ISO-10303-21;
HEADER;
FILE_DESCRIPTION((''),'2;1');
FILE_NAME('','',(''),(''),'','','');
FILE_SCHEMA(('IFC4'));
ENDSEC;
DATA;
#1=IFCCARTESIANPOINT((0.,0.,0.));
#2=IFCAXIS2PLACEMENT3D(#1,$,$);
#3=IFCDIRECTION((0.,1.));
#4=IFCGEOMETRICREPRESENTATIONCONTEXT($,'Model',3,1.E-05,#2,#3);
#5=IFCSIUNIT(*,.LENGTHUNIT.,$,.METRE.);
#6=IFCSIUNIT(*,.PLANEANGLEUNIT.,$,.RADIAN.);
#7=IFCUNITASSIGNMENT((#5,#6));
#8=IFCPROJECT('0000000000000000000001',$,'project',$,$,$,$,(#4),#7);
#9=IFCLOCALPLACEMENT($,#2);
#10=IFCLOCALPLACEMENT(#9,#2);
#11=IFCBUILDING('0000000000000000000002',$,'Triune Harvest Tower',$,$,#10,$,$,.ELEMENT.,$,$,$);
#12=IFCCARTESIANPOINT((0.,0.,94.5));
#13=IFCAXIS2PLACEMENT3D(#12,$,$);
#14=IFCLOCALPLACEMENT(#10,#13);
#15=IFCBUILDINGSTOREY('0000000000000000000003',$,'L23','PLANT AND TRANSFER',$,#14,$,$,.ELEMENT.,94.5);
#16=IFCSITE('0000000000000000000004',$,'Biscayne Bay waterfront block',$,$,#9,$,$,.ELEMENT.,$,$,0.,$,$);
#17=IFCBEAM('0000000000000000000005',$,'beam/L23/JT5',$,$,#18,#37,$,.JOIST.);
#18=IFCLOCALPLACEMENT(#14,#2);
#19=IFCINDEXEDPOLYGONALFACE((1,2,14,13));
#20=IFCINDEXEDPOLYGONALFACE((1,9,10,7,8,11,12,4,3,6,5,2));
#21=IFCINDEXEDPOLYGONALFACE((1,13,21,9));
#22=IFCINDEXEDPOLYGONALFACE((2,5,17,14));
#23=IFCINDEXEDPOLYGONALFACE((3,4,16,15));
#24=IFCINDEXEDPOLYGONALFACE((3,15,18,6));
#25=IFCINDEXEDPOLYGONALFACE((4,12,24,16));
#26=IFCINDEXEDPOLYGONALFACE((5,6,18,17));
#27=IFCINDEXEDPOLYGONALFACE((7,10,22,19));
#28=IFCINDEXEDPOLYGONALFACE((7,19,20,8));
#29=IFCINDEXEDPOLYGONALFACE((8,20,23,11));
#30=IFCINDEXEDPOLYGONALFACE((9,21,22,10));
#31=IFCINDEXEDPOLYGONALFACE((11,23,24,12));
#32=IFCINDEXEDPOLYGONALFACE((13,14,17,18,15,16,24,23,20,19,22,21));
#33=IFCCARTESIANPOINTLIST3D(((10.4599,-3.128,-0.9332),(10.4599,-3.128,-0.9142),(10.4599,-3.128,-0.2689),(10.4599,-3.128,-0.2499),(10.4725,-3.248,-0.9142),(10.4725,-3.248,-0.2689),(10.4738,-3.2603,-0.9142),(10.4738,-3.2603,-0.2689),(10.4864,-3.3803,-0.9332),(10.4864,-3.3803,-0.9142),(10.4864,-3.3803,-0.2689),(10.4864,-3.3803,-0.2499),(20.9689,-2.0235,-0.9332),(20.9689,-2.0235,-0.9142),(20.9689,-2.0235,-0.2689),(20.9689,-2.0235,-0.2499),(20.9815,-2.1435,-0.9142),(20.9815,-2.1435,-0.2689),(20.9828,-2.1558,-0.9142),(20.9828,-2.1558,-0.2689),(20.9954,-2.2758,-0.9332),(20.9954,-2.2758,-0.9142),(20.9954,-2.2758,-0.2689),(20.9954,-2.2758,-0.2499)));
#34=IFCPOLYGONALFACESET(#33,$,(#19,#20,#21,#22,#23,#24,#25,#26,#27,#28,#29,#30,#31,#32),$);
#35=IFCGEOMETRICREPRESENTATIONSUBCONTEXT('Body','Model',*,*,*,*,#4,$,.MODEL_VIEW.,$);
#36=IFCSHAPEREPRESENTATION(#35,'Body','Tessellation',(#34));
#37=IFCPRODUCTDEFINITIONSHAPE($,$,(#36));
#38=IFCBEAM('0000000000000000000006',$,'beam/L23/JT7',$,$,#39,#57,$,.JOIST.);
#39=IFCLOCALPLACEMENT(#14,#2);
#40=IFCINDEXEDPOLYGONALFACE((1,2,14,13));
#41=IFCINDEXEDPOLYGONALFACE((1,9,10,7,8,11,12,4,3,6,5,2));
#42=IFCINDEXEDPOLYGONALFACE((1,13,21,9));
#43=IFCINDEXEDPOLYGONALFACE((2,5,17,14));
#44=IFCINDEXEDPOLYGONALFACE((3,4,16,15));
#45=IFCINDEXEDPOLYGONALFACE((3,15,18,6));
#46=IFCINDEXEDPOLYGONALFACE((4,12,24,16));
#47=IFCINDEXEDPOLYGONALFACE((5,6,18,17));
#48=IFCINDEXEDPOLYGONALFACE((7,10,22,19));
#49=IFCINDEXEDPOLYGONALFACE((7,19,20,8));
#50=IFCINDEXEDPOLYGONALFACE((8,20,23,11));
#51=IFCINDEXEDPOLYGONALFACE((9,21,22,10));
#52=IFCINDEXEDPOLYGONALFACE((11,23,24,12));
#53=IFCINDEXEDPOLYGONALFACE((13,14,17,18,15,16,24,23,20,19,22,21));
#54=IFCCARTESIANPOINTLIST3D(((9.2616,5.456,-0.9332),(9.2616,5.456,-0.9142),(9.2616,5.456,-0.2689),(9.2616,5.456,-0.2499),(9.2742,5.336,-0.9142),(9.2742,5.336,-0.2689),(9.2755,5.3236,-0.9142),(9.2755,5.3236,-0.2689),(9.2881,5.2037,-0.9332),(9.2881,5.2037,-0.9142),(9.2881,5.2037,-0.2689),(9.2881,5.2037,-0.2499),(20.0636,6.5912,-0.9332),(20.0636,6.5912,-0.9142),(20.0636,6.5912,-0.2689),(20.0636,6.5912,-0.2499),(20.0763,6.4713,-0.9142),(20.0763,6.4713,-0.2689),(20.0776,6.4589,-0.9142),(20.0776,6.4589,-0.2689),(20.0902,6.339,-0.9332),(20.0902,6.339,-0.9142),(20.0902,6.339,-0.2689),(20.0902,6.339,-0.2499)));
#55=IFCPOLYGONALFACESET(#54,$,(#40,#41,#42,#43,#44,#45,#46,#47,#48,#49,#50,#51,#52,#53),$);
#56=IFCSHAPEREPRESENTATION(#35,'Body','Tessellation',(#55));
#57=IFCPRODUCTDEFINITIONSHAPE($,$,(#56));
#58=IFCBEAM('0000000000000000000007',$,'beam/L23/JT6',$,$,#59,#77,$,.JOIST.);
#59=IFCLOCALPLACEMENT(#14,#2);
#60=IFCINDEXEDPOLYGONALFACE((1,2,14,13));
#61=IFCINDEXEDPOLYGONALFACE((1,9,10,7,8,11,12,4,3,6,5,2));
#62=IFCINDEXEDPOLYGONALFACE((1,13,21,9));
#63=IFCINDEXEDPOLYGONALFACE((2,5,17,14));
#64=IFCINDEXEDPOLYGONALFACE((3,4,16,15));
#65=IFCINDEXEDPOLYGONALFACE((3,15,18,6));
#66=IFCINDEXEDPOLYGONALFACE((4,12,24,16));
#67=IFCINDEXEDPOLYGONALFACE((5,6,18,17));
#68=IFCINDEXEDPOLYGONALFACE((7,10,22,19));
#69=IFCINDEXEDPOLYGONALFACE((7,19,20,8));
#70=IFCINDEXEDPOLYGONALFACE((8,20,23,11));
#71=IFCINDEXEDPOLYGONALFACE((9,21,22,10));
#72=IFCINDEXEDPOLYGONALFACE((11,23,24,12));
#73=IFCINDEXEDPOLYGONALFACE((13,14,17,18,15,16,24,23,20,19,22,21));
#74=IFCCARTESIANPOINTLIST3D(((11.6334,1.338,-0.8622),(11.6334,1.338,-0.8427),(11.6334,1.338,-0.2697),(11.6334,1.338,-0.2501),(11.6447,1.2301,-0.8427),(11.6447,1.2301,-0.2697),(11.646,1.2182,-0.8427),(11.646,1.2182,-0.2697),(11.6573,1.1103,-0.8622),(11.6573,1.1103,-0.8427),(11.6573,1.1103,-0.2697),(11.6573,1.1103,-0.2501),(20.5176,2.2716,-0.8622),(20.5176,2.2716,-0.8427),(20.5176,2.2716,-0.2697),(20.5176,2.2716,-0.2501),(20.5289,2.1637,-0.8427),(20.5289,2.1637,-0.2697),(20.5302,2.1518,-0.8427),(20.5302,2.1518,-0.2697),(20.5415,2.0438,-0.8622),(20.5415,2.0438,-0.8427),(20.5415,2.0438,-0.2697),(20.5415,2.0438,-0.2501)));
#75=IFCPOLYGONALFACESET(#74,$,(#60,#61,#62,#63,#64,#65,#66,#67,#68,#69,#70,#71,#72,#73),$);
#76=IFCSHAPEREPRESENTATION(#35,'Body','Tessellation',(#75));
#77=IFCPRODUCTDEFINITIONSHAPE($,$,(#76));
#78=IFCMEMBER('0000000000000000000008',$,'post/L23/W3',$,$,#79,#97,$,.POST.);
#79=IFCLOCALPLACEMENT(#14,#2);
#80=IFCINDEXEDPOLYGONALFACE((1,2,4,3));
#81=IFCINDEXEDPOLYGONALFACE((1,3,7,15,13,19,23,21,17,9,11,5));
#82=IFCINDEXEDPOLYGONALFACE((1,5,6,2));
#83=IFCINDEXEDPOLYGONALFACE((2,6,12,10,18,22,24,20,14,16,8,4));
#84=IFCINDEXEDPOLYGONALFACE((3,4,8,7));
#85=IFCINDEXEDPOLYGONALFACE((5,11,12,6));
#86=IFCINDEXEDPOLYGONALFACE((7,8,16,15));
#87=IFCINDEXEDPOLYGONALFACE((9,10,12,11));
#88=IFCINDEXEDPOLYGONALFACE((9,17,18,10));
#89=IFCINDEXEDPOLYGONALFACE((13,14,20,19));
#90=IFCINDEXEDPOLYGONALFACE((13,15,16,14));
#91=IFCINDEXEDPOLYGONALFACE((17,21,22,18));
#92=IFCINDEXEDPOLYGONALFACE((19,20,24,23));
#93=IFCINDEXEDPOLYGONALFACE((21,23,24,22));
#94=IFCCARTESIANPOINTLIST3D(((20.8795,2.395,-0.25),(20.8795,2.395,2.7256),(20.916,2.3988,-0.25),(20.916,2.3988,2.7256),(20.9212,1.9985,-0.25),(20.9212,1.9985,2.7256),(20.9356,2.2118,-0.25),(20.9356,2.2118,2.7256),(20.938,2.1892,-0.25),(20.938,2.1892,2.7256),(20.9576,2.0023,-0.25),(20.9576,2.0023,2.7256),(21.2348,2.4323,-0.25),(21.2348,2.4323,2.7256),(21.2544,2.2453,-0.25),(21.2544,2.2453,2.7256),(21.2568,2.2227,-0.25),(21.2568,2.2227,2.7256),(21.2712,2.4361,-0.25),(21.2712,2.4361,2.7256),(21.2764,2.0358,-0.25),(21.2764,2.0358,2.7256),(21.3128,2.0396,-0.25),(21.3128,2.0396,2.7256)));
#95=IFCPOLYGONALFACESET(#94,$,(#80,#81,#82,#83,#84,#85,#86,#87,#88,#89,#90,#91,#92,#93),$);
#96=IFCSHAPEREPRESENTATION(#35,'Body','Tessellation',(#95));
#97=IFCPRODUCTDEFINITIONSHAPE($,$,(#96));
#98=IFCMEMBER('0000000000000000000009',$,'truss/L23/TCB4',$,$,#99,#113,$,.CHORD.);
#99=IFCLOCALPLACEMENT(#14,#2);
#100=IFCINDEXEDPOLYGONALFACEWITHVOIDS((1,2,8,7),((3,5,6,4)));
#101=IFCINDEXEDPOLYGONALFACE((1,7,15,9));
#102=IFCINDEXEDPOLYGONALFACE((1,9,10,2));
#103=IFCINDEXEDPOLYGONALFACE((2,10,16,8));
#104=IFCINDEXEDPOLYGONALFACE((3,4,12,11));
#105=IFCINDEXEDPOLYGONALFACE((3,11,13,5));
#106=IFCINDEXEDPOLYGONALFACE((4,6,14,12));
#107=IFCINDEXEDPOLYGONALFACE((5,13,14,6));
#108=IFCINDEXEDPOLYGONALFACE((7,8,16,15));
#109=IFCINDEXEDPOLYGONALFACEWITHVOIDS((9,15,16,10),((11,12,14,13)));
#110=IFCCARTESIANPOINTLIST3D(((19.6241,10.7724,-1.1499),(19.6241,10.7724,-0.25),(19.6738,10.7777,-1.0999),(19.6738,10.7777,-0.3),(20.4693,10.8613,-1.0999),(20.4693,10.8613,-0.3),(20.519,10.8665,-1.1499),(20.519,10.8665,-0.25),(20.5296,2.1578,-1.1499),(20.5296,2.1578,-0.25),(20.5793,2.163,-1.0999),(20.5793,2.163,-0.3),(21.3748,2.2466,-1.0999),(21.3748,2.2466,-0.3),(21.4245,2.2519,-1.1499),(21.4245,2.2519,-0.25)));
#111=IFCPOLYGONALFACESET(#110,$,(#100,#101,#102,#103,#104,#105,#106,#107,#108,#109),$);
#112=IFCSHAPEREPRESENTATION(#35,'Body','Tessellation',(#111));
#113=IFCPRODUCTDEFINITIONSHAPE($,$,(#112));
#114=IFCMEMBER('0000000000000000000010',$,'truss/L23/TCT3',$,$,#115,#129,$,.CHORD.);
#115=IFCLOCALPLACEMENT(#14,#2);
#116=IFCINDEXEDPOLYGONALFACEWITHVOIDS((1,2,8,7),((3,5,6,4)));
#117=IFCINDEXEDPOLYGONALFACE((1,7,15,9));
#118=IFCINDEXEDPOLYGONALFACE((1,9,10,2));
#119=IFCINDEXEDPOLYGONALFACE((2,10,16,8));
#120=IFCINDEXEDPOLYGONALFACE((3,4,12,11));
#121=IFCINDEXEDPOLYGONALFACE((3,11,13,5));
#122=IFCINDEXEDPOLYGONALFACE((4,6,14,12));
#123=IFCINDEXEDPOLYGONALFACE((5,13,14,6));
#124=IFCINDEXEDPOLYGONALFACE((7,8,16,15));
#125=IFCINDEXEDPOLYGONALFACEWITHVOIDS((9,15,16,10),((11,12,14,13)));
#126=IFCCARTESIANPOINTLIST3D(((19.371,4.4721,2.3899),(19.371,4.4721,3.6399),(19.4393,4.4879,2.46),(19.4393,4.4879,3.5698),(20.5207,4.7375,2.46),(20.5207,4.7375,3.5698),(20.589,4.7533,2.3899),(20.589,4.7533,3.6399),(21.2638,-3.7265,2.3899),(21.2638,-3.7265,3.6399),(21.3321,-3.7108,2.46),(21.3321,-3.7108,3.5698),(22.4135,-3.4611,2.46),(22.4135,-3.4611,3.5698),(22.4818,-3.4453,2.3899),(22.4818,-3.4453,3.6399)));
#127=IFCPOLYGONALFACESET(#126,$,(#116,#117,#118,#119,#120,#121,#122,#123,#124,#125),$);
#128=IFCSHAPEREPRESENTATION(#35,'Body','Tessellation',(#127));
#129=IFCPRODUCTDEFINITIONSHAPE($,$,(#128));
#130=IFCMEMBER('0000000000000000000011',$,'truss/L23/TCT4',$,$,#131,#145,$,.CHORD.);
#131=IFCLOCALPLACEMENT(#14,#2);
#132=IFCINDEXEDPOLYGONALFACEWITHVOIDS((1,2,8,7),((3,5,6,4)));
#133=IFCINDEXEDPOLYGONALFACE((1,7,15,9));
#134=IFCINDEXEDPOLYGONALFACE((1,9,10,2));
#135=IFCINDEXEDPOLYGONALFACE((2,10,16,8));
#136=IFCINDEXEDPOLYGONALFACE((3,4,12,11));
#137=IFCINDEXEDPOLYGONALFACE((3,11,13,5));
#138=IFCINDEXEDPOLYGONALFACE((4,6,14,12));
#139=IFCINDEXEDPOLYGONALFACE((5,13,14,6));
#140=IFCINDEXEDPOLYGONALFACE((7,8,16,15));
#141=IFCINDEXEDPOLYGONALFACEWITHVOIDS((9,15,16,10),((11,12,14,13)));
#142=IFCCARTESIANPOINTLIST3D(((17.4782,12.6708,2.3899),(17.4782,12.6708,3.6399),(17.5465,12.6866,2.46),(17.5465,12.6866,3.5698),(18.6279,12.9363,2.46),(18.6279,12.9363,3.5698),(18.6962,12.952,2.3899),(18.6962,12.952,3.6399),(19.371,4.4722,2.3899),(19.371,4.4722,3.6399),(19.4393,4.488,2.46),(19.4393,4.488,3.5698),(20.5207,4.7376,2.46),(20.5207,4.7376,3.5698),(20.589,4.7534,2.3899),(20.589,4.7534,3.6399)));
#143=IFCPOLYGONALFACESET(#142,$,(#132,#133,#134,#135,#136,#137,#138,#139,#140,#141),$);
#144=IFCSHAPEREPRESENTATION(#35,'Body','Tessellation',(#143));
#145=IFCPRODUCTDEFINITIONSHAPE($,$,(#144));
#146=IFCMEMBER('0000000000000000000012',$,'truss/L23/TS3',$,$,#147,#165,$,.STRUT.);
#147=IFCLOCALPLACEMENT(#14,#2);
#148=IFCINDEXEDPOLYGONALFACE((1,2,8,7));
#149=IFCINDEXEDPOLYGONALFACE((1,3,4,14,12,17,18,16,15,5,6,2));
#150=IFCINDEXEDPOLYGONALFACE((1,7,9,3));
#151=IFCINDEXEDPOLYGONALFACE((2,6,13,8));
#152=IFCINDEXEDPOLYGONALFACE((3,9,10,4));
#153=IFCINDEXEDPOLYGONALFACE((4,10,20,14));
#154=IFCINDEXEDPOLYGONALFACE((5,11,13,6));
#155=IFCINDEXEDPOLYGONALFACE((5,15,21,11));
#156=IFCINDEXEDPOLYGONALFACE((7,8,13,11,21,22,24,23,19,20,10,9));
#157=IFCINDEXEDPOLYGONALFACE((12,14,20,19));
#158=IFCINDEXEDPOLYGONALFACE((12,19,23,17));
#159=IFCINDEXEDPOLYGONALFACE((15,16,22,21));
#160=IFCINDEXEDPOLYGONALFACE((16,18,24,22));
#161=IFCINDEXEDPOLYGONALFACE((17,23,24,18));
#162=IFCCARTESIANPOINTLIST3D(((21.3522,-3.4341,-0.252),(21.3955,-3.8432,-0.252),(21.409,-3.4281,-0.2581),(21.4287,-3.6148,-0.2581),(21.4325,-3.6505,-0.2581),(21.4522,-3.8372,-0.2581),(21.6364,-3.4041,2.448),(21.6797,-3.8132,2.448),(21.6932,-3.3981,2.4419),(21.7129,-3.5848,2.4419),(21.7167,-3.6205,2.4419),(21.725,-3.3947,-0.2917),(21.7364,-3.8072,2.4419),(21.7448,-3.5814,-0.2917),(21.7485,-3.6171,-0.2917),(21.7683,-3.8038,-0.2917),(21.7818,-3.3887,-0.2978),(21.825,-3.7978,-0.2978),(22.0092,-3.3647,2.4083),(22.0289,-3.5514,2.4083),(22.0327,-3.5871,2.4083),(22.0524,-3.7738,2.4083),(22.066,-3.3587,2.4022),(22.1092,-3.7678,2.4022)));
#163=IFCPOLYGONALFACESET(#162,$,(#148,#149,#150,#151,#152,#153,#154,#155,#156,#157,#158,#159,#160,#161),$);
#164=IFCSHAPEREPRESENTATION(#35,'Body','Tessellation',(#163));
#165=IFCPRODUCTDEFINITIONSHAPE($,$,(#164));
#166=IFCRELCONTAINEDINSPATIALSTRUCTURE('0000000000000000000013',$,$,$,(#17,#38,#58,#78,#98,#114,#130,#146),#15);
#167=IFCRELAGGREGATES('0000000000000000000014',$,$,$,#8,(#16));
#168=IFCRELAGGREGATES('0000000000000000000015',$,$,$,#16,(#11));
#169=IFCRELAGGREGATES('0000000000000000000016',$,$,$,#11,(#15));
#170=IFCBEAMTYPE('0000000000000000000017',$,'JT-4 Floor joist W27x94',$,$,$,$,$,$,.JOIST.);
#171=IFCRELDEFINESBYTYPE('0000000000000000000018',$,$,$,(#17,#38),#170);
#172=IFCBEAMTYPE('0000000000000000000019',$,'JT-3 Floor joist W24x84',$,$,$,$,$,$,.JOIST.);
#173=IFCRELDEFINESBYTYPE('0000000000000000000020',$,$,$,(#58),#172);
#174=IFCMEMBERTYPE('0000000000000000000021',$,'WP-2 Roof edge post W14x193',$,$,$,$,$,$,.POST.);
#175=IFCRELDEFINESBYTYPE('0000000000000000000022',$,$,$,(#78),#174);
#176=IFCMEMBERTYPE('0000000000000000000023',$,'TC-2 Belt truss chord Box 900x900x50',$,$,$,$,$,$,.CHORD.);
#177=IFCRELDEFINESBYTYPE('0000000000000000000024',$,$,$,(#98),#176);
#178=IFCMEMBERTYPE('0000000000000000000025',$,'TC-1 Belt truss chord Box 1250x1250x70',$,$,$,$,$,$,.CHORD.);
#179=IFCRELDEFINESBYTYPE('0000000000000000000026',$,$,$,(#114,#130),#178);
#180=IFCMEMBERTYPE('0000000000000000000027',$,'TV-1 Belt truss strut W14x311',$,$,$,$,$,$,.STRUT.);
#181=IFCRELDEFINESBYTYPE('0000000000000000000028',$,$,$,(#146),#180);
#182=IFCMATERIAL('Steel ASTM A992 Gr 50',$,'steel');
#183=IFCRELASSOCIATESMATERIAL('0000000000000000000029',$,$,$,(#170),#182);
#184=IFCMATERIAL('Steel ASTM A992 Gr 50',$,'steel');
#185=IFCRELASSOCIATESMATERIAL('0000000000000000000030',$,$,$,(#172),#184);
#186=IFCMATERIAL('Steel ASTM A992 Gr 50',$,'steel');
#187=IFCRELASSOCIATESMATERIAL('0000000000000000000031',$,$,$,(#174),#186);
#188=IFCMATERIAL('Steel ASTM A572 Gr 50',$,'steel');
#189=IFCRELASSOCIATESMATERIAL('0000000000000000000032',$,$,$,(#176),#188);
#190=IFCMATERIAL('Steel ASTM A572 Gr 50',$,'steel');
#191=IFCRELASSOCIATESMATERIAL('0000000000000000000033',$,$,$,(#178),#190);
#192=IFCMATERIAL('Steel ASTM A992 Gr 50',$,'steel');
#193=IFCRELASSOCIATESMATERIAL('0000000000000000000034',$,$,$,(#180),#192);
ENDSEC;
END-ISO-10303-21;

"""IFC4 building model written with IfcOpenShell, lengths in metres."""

from ifc_helpers import new_model, si_unit, direction, frame, origin, origin_2d, place, context, subcontext, project, spatial, hollow_rectangle, i_section, extrude, source, transform, mapped, material, material_profile, profile_set, type_object, element, save


model = new_model("IFC4")

# Units and contexts
model_context = context("Model", 3, precision=1e-05, world=origin(), true_north=direction((0.0, 1.0)))
body_context = subcontext(model_context, "Body", "Model", "MODEL_VIEW")
ifc_project = project(units=[si_unit("LENGTHUNIT", "METRE"), si_unit("PLANEANGLEUNIT", "RADIAN")], contexts=[model_context])

# Site, building, storey
site_placement = place(None, origin())
site = spatial("IfcSite", under=ifc_project, at=site_placement, Name="Biscayne Bay waterfront block", CompositionType="ELEMENT", RefElevation=0.0)
building_placement = place(site_placement, origin())
building = spatial("IfcBuilding", under=site, at=building_placement, Name="Triune Harvest Tower", CompositionType="ELEMENT")
storey_placement = place(building_placement, frame((0.0, 0.0, 94.5)))
storey = spatial("IfcBuildingStorey", under=building, at=storey_placement, Name="L23", Description="PLANT AND TRANSFER", CompositionType="ELEMENT", Elevation=94.5)

# Beams
ifc_material_1 = material(Name="Steel ASTM A992 Gr 50", Category="steel")
ifc_material_profile_1 = material_profile(ifc_material_1, i_section(OverallWidth=0.2537, OverallDepth=0.6833, WebThickness=0.0125, FlangeThickness=0.019, at=origin_2d()), Name="W27x94")
ifc_profile_set_1 = profile_set([ifc_material_profile_1], Name="Steel ASTM A992 Gr 50")
beam_type_1 = type_object("IfcBeamType", Name="JT-4 Floor joist W27x94", PredefinedType="JOIST", material=ifc_profile_set_1)
beam_1_placement = place(storey_placement, frame((20.9822, -2.1497, -0.5916), z_axis=(-0.994522, -0.104524, 0.0), x_axis=(0.104524, -0.994522, 0.0)))
element("IfcBeam", 1, at=beam_1_placement, inside=storey, type_object=beam_type_1, Name="beam/L23/JT5", PredefinedType="JOIST", context=body_context, shape_type="SweptSolid", body=[
    extrude(i_section(OverallWidth=0.2537, OverallDepth=0.6833, WebThickness=0.0125, FlangeThickness=0.019, at=origin_2d()), origin(), (0.0, 0.0, 1.0), 10.5669),
])
beam_2_placement = place(storey_placement, frame((20.0769, 6.4651, -0.5916), z_axis=(-0.994523, -0.104521, 0.0), x_axis=(0.104521, -0.994523, 0.0)))
element("IfcBeam", 2, at=beam_2_placement, inside=storey, type_object=beam_type_1, Name="beam/L23/JT7", PredefinedType="JOIST", context=body_context, shape_type="SweptSolid", body=[
    extrude(i_section(OverallWidth=0.2537, OverallDepth=0.6833, WebThickness=0.0125, FlangeThickness=0.019, at=origin_2d()), origin(), (0.0, 0.0, 1.0), 10.8616),
])
ifc_material_2 = material(Name="Steel ASTM A992 Gr 50", Category="steel")
ifc_material_profile_2 = material_profile(ifc_material_2, i_section(OverallWidth=0.229, OverallDepth=0.6121, WebThickness=0.012, FlangeThickness=0.0195, at=origin_2d()), Name="W24x84")
ifc_profile_set_2 = profile_set([ifc_material_profile_2], Name="Steel ASTM A992 Gr 50")
beam_type_2 = type_object("IfcBeamType", Name="JT-3 Floor joist W24x84", PredefinedType="JOIST", material=ifc_profile_set_2)
shared_shape_1 = source(origin(), body_context, "Body", "SweptSolid", [
    extrude(i_section(OverallWidth=0.229, OverallDepth=0.6121, WebThickness=0.012, FlangeThickness=0.0195, at=origin_2d()), origin(), (0.0, 0.0, 1.0), 8.9331),
])
beam_3_placement = place(storey_placement, frame((20.5295, 2.1577, -0.5562), z_axis=(-0.994524, -0.104508, 0.0), x_axis=(0.104508, -0.994524, 0.0)))
element("IfcBeam", 3, at=beam_3_placement, inside=storey, type_object=beam_type_2, Name="beam/L23/JT6", PredefinedType="JOIST", context=body_context, shape_type="MappedRepresentation", body=[
    mapped(shared_shape_1, transform((0.0, 0.0, 0.0), scale=1.0)),
])

# Members
ifc_material_3 = material(Name="Steel ASTM A992 Gr 50", Category="steel")
ifc_material_profile_3 = material_profile(ifc_material_3, i_section(OverallWidth=0.3987, OverallDepth=0.3938, WebThickness=0.0227, FlangeThickness=0.0366, at=origin_2d()), Name="W14x193")
ifc_profile_set_3 = profile_set([ifc_material_profile_3], Name="Steel ASTM A992 Gr 50")
member_type_1 = type_object("IfcMemberType", Name="WP-2 Roof edge post W14x193", PredefinedType="POST", material=ifc_profile_set_3)
shared_shape_2 = source(origin(), body_context, "Body", "SweptSolid", [
    extrude(i_section(OverallWidth=0.3987, OverallDepth=0.3938, WebThickness=0.0227, FlangeThickness=0.0366, at=origin_2d()), origin(), (0.0, 0.0, 1.0), 2.9756),
])
member_1_placement = place(storey_placement, frame((21.0962, 2.2173, -0.25), z_axis=(0.0, 0.0, 1.0), x_axis=(-0.104527, 0.994522, 0.0)))
element("IfcMember", 4, at=member_1_placement, inside=storey, type_object=member_type_1, Name="post/L23/W3", PredefinedType="POST", context=body_context, shape_type="MappedRepresentation", body=[
    mapped(shared_shape_2, transform((0.0, 0.0, 0.0), scale=1.0)),
])
ifc_material_4 = material(Name="Steel ASTM A572 Gr 50", Category="steel")
ifc_material_profile_4 = material_profile(ifc_material_4, hollow_rectangle(XDim=0.8999, YDim=0.8999, WallThickness=0.05, at=origin_2d()), Name="Box 900x900x50")
ifc_profile_set_4 = profile_set([ifc_material_profile_4], Name="Steel ASTM A572 Gr 50")
member_type_2 = type_object("IfcMemberType", Name="TC-2 Belt truss chord Box 900x900x50", PredefinedType="CHORD", material=ifc_profile_set_4)
shared_shape_3 = source(origin(), body_context, "Body", "SweptSolid", [
    extrude(hollow_rectangle(XDim=0.8999, YDim=0.8999, WallThickness=0.05, at=origin_2d()), origin(), (0.0, 0.0, 1.0), 8.6621),
])
member_2_placement = place(storey_placement, frame((20.9771, 2.2048, -0.7), z_axis=(-0.104537, 0.994521, 0.0), x_axis=(-0.994521, -0.104537, 0.0)))
element("IfcMember", 5, at=member_2_placement, inside=storey, type_object=member_type_2, Name="truss/L23/TCB4", PredefinedType="CHORD", context=body_context, shape_type="MappedRepresentation", body=[
    mapped(shared_shape_3, transform((0.0, 0.0, 0.0), scale=1.0)),
])
ifc_material_5 = material(Name="Steel ASTM A572 Gr 50", Category="steel")
ifc_material_profile_5 = material_profile(ifc_material_5, hollow_rectangle(XDim=1.25, YDim=1.25, WallThickness=0.0701, at=origin_2d()), Name="Box 1250x1250x70")
ifc_profile_set_5 = profile_set([ifc_material_profile_5], Name="Steel ASTM A572 Gr 50")
member_type_3 = type_object("IfcMemberType", Name="TC-1 Belt truss chord Box 1250x1250x70", PredefinedType="CHORD", material=ifc_profile_set_5)
shared_shape_4 = source(origin(), body_context, "Body", "SweptSolid", [
    extrude(hollow_rectangle(XDim=1.25, YDim=1.25, WallThickness=0.0701, at=origin_2d()), origin(), (0.0, 0.0, 1.0), 8.4143),
])
for number, where, z_axis, x_axis, name in (
    (6, (21.8728, -3.5859, 3.0149), (-0.224951, 0.97437, 0.0), (-0.97437, -0.224951, 0.0), "truss/L23/TCT3"),
    (7, (19.98, 4.6128, 3.0149), (-0.224951, 0.97437, 0.0), (-0.97437, -0.224951, 0.0), "truss/L23/TCT4"),
):
    element("IfcMember", number, at=place(storey_placement, frame(where, z_axis=z_axis, x_axis=x_axis)), inside=storey, type_object=member_type_3, Name=name, PredefinedType="CHORD", context=body_context, shape_type="MappedRepresentation", body=[
        mapped(shared_shape_4, transform((0.0, 0.0, 0.0), scale=1.0)),
    ])
ifc_material_6 = material(Name="Steel ASTM A992 Gr 50", Category="steel")
ifc_material_profile_6 = material_profile(ifc_material_6, i_section(OverallWidth=0.4114, OverallDepth=0.4343, WebThickness=0.0359, FlangeThickness=0.0574, at=origin_2d()), Name="W14x311")
ifc_profile_set_6 = profile_set([ifc_material_profile_6], Name="Steel ASTM A992 Gr 50")
member_type_4 = type_object("IfcMemberType", Name="TV-1 Belt truss strut W14x311", PredefinedType="STRUT", material=ifc_profile_set_6)
shared_shape_5 = source(origin(), body_context, "Body", "SweptSolid", [
    extrude(i_section(OverallWidth=0.4114, OverallDepth=0.4343, WebThickness=0.0359, FlangeThickness=0.0574, at=origin_2d()), origin(), (0.0, 0.0, 1.0), 2.7151),
])
member_3_placement = place(storey_placement, frame((21.5886, -3.616, -0.2749), z_axis=(0.104669, 0.01106, 0.994446), x_axis=(-0.105085, 0.994463, 0.0)))
element("IfcMember", 8, at=member_3_placement, inside=storey, type_object=member_type_4, Name="truss/L23/TS3", PredefinedType="STRUT", context=body_context, shape_type="MappedRepresentation", body=[
    mapped(shared_shape_5, transform((0.0, 0.0, 0.0), scale=1.0)),
])

save(model, "model.ifc")
